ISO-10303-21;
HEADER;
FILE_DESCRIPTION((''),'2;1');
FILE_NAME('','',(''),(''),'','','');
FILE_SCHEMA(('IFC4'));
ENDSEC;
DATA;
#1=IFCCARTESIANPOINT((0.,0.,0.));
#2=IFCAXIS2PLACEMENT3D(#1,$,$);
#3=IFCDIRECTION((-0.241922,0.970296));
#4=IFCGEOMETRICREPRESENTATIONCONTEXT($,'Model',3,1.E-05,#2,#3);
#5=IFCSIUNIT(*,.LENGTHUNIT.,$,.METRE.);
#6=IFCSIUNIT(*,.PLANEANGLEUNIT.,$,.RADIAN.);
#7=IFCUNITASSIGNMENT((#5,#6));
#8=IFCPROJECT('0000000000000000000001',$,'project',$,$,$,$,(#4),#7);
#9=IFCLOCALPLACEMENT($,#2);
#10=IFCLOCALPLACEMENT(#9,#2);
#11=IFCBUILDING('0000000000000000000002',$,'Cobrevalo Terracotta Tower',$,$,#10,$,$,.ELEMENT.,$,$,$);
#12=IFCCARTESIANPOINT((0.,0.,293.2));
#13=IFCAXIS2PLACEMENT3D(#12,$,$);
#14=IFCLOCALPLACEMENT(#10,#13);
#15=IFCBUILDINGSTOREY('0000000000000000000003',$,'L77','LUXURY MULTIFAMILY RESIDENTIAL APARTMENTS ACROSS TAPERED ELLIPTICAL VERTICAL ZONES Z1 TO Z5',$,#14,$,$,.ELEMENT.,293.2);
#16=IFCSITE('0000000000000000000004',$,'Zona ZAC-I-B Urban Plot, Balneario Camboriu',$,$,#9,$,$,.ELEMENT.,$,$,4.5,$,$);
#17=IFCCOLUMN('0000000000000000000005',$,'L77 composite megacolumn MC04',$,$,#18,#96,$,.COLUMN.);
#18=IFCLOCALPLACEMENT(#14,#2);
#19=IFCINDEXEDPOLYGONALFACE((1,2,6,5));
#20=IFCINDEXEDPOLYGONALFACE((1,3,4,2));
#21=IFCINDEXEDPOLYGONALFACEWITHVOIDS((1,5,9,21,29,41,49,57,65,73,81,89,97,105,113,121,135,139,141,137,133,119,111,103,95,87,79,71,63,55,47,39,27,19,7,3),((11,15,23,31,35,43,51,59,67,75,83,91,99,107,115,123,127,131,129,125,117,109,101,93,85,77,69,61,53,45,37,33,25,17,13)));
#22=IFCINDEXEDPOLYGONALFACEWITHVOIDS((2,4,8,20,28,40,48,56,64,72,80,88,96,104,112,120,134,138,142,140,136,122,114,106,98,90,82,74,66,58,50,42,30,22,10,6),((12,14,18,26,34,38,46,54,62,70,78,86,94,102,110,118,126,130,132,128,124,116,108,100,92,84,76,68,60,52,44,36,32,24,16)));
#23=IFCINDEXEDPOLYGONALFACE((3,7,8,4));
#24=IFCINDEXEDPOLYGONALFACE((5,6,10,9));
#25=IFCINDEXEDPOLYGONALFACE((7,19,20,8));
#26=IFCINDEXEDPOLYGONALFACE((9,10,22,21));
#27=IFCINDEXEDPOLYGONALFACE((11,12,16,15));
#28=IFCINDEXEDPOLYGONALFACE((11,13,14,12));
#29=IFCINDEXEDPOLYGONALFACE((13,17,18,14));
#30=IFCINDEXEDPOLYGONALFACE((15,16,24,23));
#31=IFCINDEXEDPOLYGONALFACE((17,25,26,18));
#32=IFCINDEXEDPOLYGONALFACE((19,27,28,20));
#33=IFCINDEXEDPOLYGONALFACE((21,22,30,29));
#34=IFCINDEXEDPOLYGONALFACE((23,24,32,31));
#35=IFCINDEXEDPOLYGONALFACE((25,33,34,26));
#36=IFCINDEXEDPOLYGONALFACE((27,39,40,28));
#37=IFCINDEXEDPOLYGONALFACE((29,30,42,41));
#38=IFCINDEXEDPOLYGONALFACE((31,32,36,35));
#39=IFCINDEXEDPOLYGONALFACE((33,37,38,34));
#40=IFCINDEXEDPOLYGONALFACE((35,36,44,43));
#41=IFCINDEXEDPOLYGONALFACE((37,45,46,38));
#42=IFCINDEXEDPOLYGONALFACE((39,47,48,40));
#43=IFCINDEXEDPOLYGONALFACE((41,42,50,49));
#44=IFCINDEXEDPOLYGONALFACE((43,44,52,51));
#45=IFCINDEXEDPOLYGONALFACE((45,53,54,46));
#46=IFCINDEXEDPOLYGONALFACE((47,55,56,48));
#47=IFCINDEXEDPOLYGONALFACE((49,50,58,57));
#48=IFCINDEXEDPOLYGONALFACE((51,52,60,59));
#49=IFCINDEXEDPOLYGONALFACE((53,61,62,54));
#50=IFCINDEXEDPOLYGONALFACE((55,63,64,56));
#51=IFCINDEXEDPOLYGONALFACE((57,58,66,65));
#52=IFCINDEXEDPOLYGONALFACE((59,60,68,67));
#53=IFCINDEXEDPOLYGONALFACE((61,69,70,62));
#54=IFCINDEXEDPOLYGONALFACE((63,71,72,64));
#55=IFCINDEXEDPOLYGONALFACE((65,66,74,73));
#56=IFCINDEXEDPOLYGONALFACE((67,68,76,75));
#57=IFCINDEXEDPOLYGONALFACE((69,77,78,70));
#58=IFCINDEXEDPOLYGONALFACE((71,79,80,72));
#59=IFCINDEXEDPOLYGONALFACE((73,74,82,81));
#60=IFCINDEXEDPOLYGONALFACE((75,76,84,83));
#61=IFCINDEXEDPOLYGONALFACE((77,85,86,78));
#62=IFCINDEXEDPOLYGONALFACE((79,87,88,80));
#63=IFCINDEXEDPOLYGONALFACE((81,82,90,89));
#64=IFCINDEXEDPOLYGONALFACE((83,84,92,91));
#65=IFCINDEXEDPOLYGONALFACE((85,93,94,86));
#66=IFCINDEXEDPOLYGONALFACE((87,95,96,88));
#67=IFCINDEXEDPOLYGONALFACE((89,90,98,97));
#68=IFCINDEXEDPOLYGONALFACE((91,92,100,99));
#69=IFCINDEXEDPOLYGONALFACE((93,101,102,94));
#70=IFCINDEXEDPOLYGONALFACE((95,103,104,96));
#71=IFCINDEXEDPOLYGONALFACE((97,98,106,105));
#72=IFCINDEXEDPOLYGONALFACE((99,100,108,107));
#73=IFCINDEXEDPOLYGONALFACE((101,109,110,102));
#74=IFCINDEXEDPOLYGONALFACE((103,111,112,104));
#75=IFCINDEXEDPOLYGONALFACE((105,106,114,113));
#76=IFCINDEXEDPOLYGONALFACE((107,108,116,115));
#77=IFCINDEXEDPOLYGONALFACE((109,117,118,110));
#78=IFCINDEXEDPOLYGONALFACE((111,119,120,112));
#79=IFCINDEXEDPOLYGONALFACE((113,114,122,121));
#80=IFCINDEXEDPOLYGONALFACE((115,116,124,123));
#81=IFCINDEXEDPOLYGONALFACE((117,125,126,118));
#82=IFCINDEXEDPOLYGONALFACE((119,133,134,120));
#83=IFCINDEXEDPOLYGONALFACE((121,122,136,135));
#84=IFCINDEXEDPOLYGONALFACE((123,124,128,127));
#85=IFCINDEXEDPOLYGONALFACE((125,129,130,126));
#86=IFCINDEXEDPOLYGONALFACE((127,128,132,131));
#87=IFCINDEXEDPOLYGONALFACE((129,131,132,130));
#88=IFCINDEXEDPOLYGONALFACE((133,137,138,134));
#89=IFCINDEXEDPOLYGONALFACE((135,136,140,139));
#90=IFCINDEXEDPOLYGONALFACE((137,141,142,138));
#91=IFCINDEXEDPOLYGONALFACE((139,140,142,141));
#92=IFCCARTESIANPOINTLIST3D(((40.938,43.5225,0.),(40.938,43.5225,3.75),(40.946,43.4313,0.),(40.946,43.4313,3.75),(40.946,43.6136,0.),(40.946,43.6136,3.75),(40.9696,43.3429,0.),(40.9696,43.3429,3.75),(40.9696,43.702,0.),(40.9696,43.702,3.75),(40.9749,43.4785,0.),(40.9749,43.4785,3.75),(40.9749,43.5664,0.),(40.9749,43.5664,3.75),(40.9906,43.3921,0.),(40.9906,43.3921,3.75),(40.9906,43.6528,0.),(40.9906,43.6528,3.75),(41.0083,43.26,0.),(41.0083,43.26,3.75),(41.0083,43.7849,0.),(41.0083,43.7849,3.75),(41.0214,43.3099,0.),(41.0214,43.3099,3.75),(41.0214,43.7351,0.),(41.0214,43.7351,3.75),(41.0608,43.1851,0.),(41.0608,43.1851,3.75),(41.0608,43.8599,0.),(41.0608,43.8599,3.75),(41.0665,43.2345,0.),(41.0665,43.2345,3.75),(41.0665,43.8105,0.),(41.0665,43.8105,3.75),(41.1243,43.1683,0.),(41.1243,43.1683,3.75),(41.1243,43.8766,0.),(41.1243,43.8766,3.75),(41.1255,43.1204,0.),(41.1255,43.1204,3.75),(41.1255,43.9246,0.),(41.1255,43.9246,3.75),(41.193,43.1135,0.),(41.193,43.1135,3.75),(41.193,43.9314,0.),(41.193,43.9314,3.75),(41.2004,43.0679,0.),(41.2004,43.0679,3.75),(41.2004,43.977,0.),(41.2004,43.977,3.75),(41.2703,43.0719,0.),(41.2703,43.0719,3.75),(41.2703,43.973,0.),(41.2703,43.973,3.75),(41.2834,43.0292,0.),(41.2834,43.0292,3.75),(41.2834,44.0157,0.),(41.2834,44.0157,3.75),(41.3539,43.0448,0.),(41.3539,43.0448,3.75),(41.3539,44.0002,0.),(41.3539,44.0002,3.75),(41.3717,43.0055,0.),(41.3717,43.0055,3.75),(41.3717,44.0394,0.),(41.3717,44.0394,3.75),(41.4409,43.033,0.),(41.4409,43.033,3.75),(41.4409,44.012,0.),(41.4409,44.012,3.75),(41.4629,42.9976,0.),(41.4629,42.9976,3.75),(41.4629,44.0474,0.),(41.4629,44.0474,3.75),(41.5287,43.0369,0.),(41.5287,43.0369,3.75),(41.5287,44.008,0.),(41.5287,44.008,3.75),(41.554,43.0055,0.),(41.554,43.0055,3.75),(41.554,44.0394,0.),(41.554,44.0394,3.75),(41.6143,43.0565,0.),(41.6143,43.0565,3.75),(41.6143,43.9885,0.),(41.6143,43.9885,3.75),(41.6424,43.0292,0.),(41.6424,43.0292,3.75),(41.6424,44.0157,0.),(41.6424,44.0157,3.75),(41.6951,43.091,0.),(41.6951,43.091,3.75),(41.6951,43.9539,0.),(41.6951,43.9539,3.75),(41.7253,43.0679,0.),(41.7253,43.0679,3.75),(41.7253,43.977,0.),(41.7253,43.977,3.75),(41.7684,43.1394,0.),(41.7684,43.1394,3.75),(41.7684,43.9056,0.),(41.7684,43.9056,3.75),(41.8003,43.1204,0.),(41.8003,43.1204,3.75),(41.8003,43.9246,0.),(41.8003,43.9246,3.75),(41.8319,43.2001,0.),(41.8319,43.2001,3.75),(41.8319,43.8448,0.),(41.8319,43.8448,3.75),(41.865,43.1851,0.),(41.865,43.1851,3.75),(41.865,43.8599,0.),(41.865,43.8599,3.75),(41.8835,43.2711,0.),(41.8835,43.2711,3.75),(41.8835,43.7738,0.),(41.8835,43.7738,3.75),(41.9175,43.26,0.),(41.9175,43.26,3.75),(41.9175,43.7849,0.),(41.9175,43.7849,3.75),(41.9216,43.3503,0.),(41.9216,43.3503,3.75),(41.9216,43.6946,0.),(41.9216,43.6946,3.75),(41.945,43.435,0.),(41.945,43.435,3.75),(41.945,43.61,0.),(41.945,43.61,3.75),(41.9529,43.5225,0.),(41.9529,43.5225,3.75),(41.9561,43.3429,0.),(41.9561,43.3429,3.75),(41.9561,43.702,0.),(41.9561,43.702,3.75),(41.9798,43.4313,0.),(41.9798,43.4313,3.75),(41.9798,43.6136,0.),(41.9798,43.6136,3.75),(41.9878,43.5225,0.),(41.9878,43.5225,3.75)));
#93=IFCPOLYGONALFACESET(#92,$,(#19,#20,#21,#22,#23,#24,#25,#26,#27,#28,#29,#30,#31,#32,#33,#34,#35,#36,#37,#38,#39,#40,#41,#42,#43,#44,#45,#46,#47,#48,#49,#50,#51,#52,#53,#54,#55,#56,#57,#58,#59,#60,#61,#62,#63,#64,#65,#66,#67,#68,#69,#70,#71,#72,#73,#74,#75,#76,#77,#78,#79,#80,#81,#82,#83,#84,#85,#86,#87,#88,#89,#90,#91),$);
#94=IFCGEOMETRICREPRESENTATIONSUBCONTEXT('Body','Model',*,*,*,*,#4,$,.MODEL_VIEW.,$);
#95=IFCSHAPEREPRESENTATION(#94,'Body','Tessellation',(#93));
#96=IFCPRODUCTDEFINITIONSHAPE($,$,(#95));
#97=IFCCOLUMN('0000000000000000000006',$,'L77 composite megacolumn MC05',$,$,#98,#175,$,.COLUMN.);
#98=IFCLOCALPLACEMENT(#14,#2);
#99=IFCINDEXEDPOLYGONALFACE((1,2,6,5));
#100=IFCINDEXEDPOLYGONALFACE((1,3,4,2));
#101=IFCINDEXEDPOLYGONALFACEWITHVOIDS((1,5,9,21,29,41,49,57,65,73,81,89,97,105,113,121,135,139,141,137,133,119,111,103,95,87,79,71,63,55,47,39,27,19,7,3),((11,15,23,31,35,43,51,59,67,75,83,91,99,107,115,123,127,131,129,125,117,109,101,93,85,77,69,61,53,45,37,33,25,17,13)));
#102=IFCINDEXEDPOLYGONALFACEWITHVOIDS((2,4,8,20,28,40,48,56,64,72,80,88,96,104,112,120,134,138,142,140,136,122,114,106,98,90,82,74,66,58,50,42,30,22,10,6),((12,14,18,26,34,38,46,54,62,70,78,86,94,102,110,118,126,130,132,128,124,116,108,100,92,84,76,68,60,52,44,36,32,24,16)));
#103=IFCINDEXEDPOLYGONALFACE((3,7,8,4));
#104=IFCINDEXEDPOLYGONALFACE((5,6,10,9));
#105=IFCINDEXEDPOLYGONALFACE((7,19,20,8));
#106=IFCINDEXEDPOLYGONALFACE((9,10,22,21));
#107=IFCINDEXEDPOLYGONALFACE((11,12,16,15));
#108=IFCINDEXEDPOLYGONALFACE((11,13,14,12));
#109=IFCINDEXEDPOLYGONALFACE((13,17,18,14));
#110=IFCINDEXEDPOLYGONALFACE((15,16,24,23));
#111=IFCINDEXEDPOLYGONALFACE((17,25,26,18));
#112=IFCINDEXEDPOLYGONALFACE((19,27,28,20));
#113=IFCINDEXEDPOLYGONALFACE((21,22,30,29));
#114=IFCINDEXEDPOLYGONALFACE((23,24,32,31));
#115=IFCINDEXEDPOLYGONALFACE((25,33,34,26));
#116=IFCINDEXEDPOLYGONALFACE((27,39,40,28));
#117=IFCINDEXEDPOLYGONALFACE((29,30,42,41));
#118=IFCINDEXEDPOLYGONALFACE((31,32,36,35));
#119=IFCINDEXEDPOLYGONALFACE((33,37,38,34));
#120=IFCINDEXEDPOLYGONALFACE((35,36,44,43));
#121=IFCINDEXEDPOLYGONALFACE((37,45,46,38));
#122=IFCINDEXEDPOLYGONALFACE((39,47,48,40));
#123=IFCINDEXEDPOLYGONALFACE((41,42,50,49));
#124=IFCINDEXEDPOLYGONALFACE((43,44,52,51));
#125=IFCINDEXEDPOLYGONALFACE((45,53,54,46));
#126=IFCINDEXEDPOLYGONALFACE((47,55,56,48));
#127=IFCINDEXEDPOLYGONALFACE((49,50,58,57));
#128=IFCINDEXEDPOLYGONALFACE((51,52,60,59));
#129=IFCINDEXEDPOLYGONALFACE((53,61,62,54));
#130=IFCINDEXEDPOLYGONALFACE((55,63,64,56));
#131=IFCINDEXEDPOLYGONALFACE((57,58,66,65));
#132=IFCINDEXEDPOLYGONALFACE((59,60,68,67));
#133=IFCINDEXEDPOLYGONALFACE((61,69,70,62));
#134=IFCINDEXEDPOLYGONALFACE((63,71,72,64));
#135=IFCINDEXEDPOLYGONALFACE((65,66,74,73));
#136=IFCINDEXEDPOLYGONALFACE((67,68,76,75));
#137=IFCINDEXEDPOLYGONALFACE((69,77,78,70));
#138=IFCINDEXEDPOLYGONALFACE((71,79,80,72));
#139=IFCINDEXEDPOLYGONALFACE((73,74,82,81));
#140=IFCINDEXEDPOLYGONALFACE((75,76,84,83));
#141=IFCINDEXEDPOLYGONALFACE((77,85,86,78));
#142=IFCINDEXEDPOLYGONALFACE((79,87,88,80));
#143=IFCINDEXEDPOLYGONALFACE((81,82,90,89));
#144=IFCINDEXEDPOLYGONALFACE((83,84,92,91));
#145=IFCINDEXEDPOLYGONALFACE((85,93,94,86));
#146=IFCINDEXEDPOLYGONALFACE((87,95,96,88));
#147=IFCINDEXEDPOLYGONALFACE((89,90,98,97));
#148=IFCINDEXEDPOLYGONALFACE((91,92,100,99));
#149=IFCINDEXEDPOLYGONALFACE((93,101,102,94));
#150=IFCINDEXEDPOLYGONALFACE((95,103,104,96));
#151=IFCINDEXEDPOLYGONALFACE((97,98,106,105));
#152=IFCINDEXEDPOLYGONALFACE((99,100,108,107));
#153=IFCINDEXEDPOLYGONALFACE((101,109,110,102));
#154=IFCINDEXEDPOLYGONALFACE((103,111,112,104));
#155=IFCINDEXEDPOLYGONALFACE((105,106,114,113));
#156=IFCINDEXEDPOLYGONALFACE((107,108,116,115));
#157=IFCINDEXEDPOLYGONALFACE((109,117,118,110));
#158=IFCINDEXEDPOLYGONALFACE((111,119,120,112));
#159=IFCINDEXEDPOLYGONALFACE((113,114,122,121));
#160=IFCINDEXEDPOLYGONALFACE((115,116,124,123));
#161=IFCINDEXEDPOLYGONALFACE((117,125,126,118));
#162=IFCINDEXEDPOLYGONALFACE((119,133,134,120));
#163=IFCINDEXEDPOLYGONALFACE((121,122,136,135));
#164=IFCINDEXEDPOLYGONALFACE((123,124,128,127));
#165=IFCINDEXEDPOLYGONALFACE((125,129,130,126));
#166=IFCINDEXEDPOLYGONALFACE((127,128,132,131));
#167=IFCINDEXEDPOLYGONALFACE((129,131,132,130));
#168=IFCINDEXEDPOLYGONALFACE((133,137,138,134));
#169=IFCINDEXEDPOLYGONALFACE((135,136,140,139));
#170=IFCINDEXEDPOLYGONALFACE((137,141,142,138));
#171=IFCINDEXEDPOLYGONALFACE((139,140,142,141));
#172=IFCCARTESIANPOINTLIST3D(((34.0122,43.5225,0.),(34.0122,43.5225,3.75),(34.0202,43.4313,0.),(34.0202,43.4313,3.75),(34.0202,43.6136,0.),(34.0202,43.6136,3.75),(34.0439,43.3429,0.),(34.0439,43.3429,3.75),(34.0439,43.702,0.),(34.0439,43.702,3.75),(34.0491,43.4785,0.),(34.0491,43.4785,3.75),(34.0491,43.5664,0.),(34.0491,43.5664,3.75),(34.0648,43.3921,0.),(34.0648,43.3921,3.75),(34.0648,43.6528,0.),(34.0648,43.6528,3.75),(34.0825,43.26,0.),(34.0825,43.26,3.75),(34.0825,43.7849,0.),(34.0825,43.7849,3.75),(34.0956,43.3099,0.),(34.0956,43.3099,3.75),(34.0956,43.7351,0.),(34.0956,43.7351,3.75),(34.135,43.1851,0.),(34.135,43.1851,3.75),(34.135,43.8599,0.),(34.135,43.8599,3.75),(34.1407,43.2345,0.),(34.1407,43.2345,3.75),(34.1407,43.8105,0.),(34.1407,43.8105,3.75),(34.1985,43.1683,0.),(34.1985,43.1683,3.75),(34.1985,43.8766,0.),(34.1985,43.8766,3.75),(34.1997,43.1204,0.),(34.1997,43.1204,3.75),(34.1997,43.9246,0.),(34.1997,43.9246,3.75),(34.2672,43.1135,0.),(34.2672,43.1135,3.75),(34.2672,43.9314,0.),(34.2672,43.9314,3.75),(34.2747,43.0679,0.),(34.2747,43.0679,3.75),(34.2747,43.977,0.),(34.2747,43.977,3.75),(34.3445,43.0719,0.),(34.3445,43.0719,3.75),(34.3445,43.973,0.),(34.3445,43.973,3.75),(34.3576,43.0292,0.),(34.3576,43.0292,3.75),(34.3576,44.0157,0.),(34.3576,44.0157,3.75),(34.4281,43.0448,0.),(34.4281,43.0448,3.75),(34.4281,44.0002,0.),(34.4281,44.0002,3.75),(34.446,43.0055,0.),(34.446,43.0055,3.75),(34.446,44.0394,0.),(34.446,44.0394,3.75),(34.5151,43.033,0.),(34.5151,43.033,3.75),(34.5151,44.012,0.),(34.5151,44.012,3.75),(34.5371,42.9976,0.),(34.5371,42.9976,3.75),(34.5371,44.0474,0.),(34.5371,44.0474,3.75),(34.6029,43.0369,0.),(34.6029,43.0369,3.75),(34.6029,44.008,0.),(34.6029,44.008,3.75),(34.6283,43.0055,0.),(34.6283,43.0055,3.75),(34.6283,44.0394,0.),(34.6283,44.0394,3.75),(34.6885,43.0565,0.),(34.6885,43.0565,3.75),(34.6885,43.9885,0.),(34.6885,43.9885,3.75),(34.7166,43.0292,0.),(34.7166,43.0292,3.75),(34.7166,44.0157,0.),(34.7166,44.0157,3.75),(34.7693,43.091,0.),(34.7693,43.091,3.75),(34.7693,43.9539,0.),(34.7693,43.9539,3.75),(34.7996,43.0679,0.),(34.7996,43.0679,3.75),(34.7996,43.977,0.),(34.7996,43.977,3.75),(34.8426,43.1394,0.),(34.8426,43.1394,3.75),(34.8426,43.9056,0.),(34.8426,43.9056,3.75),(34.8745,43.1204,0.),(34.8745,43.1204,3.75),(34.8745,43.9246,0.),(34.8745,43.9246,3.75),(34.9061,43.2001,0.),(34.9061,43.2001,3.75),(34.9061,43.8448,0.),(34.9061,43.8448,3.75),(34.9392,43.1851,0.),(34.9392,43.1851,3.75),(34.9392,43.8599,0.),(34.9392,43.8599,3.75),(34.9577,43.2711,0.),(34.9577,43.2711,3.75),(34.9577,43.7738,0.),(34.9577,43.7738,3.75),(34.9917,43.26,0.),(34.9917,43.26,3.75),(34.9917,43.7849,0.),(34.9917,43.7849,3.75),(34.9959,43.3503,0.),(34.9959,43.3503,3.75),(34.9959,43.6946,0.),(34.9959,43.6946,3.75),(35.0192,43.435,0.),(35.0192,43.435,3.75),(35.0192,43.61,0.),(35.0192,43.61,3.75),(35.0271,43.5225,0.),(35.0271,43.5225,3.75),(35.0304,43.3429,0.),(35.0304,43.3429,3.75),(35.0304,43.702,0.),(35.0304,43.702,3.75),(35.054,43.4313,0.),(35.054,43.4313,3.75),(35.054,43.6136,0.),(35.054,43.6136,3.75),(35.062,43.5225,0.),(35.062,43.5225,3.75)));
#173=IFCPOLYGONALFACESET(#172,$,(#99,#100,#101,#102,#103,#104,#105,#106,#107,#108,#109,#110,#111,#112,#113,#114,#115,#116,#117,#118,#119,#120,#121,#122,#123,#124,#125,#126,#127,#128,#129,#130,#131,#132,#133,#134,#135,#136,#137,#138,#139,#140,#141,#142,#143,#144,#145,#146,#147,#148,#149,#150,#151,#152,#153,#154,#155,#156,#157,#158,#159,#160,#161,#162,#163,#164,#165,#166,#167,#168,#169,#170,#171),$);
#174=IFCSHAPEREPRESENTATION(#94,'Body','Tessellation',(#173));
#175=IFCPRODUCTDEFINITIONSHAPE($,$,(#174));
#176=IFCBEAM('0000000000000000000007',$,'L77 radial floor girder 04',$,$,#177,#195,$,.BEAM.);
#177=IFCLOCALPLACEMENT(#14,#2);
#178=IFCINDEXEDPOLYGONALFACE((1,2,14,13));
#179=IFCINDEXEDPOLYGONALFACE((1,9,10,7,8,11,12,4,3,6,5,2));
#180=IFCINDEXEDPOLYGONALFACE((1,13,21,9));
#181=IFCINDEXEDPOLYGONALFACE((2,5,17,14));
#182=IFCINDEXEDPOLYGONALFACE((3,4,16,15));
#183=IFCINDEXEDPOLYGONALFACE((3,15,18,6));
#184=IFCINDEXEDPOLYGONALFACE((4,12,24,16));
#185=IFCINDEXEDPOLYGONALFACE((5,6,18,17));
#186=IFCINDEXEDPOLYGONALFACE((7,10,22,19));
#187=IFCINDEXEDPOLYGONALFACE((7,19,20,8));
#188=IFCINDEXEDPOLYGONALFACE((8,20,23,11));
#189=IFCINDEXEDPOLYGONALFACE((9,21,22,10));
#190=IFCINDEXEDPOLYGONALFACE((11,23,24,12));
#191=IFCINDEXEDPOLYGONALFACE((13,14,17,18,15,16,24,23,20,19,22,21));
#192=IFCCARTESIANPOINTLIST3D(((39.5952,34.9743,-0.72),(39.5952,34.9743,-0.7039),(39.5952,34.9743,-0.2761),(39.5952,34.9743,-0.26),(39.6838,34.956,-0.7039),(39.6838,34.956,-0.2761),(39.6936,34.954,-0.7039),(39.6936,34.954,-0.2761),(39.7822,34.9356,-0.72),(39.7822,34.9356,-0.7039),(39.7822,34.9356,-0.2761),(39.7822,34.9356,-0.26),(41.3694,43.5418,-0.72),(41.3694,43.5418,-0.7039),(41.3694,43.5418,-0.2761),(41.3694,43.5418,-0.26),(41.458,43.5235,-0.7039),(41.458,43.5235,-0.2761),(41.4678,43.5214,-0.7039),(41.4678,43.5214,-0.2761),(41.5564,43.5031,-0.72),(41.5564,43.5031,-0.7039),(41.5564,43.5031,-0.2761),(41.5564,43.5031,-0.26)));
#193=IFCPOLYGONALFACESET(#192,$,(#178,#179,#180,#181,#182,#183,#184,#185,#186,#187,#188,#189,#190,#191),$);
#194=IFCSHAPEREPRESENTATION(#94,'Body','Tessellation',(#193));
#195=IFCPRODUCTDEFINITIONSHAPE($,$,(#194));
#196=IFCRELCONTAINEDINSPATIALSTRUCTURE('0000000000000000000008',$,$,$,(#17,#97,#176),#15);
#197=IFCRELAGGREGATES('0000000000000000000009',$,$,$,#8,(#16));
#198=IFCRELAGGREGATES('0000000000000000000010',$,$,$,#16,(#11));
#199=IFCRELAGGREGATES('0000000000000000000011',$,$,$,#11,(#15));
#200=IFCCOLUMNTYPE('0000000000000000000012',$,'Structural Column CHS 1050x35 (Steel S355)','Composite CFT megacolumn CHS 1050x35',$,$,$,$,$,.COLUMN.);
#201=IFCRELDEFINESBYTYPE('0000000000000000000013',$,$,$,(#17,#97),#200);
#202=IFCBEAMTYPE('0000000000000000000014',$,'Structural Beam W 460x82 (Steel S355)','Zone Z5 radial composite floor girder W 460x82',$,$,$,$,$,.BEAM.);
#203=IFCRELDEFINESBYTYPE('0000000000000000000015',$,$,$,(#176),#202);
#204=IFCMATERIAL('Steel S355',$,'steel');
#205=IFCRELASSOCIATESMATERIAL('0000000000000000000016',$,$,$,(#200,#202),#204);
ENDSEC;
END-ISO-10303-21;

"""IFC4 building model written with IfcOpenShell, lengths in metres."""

from ifc_helpers import new_model, si_unit, direction, frame, origin, origin_2d, place, context, subcontext, project, spatial, hollow_circle, i_section, extrude, material, material_profile, profile_set, type_object, element, save


model = new_model("IFC4")

# Units and contexts
model_context = context("Model", 3, precision=1e-05, world=origin(), true_north=direction((-0.241922, 0.970296)))
body_context = subcontext(model_context, "Body", "Model", "MODEL_VIEW")
ifc_project = project(units=[si_unit("LENGTHUNIT", "METRE"), si_unit("PLANEANGLEUNIT", "RADIAN")], contexts=[model_context])

# Site, building, storey
site_placement = place(None, origin())
site = spatial("IfcSite", under=ifc_project, at=site_placement, Name="Zona ZAC-I-B Urban Plot, Balneario Camboriu", CompositionType="ELEMENT", RefElevation=4.5)
building_placement = place(site_placement, origin())
building = spatial("IfcBuilding", under=site, at=building_placement, Name="Cobrevalo Terracotta Tower", CompositionType="ELEMENT")
storey_placement = place(building_placement, frame((0.0, 0.0, 293.2)))
storey = spatial("IfcBuildingStorey", under=building, at=storey_placement, Name="L77", Description="LUXURY MULTIFAMILY RESIDENTIAL APARTMENTS ACROSS TAPERED ELLIPTICAL VERTICAL ZONES Z1 TO Z5", CompositionType="ELEMENT", Elevation=293.2)

# Columns
ifc_material_1 = material(Name="Steel S355", Category="steel")
ifc_material_profile_1 = material_profile(ifc_material_1, hollow_circle(Radius=0.5249, WallThickness=0.0349, at=origin_2d()), Name="CHS 1050x35")
ifc_profile_set_1 = profile_set([ifc_material_profile_1], Name="Steel S355")
column_type = type_object("IfcColumnType", Name="Structural Column CHS 1050x35 (Steel S355)", Description="Composite CFT megacolumn CHS 1050x35", PredefinedType="COLUMN", material=ifc_profile_set_1)
for number, where, z_axis, x_axis, name in (
    (1, (41.4629, 43.5225, 0.0), (0.0, 0.0, 1.0), (1.0, 0.0, 0.0), "L77 composite megacolumn MC04"),
    (2, (34.5371, 43.5225, 0.0), (0.0, 0.0, 1.0), (1.0, 0.0, 0.0), "L77 composite megacolumn MC05"),
):
    element("IfcColumn", number, at=place(storey_placement, frame(where, z_axis=z_axis, x_axis=x_axis)), inside=storey, type_object=column_type, Name=name, PredefinedType="COLUMN", context=body_context, shape_type="SweptSolid", body=[
        extrude(hollow_circle(Radius=0.5249, WallThickness=0.0349, at=origin_2d()), origin(), (0.0, 0.0, 1.0), 3.75),
    ])

# Beam
ifc_material_profile_2 = material_profile(ifc_material_1, i_section(OverallWidth=0.1909, OverallDepth=0.46, WebThickness=0.01, FlangeThickness=0.0161, at=origin_2d()), Name="W 460x82")
ifc_profile_set_2 = profile_set([ifc_material_profile_2], Name="Steel S355")
beam_type_1 = type_object("IfcBeamType", Name="Structural Beam W 460x82 (Steel S355)", Description="Zone Z5 radial composite floor girder W 460x82", PredefinedType="BEAM", material=ifc_profile_set_2)
for number, where, z_axis, x_axis, name in (
    (3, (41.4629, 43.5225, -0.49), (-0.202782, -0.979224, 0.0), (0.979224, -0.202782, 0.0), "L77 radial floor girder 04"),
):
    element("IfcBeam", number, at=place(storey_placement, frame(where, z_axis=z_axis, x_axis=x_axis)), inside=storey, type_object=beam_type_1, Name=name, PredefinedType="BEAM", context=body_context, shape_type="SweptSolid", body=[
        extrude(i_section(OverallWidth=0.1909, OverallDepth=0.46, WebThickness=0.01, FlangeThickness=0.0161, at=origin_2d()), origin(), (0.0, 0.0, 1.0), 8.7493),
    ])

save(model, "model.ifc")
